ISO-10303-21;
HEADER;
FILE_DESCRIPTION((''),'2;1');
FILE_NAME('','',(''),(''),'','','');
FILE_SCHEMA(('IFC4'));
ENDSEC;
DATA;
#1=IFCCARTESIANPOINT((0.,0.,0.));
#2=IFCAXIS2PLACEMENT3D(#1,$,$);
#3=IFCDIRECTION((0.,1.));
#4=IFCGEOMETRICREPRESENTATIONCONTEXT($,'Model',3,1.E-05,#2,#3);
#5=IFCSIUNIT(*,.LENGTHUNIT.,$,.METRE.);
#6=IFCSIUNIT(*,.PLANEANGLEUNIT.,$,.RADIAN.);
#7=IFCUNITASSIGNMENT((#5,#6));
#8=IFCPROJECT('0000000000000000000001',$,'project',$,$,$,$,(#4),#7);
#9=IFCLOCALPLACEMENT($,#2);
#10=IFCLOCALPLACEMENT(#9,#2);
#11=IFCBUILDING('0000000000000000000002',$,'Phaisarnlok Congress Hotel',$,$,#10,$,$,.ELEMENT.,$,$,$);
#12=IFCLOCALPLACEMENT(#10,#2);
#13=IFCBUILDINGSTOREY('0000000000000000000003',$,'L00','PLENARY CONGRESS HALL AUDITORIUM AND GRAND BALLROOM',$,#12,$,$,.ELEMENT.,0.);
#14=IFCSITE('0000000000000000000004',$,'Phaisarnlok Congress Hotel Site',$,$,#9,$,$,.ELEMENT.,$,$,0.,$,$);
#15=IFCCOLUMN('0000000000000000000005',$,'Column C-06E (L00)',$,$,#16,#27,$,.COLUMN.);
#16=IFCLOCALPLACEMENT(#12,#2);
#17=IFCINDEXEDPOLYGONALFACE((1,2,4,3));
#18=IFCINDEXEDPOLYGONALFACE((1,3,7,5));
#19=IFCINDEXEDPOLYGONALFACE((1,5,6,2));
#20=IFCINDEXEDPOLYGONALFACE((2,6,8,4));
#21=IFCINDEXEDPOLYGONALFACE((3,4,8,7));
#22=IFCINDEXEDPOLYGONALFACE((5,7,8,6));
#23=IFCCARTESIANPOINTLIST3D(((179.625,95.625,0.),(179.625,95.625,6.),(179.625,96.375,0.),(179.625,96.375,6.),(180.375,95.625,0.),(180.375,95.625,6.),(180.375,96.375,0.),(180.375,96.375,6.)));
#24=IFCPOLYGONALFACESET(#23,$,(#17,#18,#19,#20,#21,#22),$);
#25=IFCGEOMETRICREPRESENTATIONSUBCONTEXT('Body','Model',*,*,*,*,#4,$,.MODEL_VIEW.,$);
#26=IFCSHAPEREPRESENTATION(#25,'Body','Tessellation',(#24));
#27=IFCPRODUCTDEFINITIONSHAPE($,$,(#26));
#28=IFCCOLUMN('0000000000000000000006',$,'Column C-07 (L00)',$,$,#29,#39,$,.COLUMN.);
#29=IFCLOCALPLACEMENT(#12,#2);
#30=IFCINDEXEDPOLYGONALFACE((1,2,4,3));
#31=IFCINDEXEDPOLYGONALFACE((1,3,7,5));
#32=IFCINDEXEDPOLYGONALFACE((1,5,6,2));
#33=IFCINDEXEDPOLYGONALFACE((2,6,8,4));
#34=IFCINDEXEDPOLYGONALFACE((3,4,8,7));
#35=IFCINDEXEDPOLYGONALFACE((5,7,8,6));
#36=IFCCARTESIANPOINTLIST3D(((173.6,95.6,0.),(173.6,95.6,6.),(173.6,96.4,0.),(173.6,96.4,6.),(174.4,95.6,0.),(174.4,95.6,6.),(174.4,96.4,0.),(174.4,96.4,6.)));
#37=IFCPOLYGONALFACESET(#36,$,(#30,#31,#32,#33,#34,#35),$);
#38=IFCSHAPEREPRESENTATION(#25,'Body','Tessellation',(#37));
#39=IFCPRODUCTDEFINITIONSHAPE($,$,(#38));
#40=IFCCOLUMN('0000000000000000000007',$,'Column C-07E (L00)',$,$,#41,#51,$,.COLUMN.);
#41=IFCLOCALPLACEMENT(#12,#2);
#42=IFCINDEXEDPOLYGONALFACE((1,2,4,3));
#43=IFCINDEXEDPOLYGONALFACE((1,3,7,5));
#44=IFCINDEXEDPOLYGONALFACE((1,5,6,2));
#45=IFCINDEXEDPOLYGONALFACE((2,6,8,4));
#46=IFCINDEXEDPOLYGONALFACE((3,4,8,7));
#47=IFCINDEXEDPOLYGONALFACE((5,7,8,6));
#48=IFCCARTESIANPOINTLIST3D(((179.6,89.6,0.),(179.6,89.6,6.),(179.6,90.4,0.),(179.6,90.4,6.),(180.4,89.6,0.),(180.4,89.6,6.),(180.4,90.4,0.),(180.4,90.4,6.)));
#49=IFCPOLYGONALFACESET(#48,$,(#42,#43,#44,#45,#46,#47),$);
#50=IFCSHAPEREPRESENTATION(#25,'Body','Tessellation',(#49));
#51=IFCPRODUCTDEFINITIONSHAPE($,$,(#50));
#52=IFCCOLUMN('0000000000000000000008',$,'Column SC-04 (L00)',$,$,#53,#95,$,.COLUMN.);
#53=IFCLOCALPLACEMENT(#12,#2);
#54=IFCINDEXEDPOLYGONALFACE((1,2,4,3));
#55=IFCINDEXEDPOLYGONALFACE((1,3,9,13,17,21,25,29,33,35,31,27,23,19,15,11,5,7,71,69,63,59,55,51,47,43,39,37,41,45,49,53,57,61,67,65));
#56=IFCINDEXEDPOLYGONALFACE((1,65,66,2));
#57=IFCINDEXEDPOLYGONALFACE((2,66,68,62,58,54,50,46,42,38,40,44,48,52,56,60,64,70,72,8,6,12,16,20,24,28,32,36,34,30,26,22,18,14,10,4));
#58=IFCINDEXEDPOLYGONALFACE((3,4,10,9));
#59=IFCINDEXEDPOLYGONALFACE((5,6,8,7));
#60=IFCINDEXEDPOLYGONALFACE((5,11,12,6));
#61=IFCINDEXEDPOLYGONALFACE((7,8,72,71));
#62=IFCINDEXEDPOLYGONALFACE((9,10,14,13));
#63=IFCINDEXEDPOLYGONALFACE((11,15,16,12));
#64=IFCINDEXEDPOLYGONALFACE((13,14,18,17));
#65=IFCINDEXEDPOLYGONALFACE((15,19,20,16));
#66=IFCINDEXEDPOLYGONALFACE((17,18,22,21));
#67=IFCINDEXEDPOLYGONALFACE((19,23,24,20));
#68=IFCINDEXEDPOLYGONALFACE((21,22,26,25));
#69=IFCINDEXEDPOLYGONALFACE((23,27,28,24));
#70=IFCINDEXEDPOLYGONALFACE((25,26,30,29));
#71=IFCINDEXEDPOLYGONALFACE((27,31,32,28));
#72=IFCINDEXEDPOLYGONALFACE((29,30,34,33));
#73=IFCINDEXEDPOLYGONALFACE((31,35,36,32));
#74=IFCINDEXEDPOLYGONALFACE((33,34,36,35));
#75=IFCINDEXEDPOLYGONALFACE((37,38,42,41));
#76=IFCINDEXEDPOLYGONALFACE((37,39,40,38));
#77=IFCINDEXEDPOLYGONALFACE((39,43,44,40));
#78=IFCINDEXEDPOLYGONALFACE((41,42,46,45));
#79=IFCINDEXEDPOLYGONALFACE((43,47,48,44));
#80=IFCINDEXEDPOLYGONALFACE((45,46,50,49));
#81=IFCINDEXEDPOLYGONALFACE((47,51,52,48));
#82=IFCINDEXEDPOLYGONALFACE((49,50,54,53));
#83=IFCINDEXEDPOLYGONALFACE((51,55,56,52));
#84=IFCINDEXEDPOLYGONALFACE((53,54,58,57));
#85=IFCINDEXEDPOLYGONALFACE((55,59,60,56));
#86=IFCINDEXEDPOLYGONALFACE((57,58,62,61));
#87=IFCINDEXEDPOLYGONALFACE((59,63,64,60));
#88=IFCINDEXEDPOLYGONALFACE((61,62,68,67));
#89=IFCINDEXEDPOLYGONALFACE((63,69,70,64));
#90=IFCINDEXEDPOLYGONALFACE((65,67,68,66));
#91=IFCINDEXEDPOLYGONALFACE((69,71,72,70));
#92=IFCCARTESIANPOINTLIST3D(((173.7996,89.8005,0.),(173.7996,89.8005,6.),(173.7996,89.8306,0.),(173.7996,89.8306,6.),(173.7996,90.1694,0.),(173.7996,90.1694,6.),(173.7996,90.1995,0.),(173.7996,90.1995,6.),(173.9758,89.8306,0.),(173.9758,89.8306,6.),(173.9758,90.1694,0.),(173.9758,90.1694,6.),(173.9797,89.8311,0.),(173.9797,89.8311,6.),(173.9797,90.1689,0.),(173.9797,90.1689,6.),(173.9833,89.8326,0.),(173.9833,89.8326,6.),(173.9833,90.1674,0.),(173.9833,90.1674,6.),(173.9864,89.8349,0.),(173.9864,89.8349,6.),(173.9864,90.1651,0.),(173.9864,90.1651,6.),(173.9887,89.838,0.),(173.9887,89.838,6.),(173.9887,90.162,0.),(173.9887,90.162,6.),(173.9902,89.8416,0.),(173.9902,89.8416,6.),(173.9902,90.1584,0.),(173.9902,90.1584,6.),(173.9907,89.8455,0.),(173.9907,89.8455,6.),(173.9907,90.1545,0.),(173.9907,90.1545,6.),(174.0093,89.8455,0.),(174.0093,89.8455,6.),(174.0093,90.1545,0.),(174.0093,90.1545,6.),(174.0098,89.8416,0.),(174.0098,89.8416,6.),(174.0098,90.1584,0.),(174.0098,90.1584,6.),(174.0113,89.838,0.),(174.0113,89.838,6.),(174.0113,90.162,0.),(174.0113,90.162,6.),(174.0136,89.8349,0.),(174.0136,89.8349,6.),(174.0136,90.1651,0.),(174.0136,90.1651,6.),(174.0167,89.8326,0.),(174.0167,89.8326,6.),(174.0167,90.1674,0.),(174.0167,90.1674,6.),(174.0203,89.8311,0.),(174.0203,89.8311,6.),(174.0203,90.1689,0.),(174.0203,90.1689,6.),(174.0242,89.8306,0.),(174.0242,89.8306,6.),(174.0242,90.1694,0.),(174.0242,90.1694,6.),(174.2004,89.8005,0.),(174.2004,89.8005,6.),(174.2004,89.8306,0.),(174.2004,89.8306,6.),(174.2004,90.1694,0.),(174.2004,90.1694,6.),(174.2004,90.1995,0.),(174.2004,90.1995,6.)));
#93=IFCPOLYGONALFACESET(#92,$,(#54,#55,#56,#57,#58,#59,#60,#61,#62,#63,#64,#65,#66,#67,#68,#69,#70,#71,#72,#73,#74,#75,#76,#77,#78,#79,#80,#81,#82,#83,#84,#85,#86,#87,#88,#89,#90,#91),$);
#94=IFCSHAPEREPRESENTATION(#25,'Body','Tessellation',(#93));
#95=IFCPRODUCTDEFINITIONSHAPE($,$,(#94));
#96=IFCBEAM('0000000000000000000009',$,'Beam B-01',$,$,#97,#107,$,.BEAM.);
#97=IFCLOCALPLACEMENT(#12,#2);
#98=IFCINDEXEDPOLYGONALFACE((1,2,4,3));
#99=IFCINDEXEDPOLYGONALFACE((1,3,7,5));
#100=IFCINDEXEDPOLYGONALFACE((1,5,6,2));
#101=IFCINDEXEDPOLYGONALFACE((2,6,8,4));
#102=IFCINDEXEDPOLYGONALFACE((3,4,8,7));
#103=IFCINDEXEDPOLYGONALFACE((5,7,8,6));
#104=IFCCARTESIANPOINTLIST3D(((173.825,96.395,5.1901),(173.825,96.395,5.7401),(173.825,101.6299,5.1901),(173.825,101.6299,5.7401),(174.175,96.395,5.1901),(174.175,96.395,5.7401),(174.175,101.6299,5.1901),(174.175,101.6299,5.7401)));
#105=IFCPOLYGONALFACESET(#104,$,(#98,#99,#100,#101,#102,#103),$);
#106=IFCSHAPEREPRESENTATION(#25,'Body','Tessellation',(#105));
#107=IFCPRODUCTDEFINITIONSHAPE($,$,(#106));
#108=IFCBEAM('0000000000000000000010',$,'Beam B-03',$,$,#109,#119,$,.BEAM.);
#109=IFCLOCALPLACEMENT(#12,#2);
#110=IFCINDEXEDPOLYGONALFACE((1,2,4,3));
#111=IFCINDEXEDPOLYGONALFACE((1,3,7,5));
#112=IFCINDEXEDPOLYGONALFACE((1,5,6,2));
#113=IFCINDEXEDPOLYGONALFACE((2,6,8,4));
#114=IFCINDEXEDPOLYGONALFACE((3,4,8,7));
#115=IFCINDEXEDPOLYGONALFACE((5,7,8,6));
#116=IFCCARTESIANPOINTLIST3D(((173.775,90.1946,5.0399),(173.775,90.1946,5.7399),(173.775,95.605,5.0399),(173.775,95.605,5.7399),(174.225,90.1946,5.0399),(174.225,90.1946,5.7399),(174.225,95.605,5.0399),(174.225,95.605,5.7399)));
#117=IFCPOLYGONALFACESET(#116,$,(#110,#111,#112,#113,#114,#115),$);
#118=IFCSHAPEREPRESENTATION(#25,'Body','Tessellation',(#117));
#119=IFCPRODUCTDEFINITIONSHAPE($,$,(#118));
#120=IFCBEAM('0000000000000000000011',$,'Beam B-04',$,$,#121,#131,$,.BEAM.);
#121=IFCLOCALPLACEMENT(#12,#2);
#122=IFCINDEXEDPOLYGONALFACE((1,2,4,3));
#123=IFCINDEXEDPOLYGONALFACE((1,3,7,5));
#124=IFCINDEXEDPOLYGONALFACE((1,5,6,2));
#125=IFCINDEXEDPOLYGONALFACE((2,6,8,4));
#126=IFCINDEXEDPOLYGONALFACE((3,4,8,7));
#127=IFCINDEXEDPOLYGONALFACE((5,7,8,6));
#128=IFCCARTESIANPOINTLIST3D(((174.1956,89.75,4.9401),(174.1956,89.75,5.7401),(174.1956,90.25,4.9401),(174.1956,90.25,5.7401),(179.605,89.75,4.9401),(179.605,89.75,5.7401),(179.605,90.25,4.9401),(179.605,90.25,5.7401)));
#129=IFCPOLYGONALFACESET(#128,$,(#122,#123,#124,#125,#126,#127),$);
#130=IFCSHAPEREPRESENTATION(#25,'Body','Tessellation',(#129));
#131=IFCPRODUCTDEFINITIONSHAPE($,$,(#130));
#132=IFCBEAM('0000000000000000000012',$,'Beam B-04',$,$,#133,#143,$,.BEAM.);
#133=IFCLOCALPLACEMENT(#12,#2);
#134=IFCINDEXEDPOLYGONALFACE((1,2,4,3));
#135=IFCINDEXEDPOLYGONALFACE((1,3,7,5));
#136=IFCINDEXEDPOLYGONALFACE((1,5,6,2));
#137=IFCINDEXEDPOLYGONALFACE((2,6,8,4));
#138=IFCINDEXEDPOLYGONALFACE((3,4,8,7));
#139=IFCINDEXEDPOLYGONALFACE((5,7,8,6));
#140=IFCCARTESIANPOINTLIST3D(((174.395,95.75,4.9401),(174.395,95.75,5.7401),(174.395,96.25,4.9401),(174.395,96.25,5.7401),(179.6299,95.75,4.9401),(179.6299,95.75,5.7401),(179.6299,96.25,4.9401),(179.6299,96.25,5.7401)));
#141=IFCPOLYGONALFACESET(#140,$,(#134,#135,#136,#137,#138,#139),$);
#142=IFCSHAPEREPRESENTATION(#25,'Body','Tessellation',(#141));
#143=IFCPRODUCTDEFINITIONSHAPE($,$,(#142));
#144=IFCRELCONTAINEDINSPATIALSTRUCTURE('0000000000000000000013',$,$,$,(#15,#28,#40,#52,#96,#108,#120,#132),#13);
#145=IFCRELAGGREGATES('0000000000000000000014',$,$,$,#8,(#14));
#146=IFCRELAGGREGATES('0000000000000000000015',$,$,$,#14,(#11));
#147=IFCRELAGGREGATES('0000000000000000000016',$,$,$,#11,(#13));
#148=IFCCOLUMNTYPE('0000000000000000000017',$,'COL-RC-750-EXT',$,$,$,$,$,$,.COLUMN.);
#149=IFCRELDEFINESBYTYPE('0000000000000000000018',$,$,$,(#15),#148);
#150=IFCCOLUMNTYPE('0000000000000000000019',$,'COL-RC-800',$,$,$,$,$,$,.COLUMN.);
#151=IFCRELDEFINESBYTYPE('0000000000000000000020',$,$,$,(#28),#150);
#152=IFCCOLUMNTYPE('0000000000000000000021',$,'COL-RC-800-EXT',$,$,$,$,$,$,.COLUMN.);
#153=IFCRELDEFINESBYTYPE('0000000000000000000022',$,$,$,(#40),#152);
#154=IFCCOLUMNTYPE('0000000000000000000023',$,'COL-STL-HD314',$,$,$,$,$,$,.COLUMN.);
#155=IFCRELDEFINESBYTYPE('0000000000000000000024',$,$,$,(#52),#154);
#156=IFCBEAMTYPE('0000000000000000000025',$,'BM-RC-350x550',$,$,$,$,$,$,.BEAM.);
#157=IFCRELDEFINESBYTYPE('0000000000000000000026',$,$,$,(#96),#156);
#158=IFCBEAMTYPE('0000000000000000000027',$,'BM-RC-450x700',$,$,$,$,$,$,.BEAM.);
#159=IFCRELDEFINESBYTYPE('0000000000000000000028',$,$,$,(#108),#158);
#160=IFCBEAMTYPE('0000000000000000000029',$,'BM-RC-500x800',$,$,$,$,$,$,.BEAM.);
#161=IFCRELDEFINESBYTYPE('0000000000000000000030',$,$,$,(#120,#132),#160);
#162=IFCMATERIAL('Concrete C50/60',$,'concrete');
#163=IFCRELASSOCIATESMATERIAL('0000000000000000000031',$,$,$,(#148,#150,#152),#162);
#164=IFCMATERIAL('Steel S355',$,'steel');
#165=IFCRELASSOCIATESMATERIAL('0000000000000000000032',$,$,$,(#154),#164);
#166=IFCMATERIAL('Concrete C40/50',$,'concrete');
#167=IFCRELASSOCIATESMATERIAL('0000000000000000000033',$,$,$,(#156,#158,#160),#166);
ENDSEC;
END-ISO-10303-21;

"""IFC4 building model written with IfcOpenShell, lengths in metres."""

from ifc_helpers import new_model, si_unit, direction, frame, origin, origin_2d, place, context, subcontext, project, spatial, rectangle, i_section, extrude, material, material_profile, profile_set, type_object, element, save


model = new_model("IFC4")

# Units and contexts
model_context = context("Model", 3, precision=1e-05, world=origin(), true_north=direction((0.0, 1.0)))
body_context = subcontext(model_context, "Body", "Model", "MODEL_VIEW")
ifc_project = project(units=[si_unit("LENGTHUNIT", "METRE"), si_unit("PLANEANGLEUNIT", "RADIAN")], contexts=[model_context])

# Site, building, storey
site_placement = place(None, origin())
site = spatial("IfcSite", under=ifc_project, at=site_placement, Name="Phaisarnlok Congress Hotel Site", CompositionType="ELEMENT", RefElevation=0.0)
building_placement = place(site_placement, origin())
building = spatial("IfcBuilding", under=site, at=building_placement, Name="Phaisarnlok Congress Hotel", CompositionType="ELEMENT")
storey_placement = place(building_placement, origin())
storey = spatial("IfcBuildingStorey", under=building, at=storey_placement, Name="L00", Description="PLENARY CONGRESS HALL AUDITORIUM AND GRAND BALLROOM", CompositionType="ELEMENT", Elevation=0.0)

# Columns
ifc_material_1 = material(Name="Concrete C50/60", Category="concrete")
ifc_material_profile_1 = material_profile(ifc_material_1, rectangle(XDim=0.75, YDim=0.75, at=origin_2d()), Name="RC 750x750")
ifc_profile_set_1 = profile_set([ifc_material_profile_1], Name="Concrete C50/60")
column_type_1 = type_object("IfcColumnType", Name="COL-RC-750-EXT", PredefinedType="COLUMN", material=ifc_profile_set_1)
column_1_placement = place(storey_placement, frame((180.0, 96.0, 0.0), z_axis=(0.0, 0.0, 1.0), x_axis=(1.0, 0.0, 0.0)))
element("IfcColumn", 1, at=column_1_placement, inside=storey, type_object=column_type_1, Name="Column C-06E (L00)", PredefinedType="COLUMN", context=body_context, shape_type="SweptSolid", body=[
    extrude(rectangle(XDim=0.75, YDim=0.75, at=origin_2d()), origin(), (0.0, 0.0, 1.0), 6.0),
])
ifc_material_profile_2 = material_profile(ifc_material_1, rectangle(XDim=0.8, YDim=0.8, at=origin_2d()), Name="RC 800x800")
ifc_profile_set_2 = profile_set([ifc_material_profile_2], Name="Concrete C50/60")
column_type_2 = type_object("IfcColumnType", Name="COL-RC-800", PredefinedType="COLUMN", material=ifc_profile_set_2)
column_2_placement = place(storey_placement, frame((174.0, 96.0, 0.0), z_axis=(0.0, 0.0, 1.0), x_axis=(1.0, 0.0, 0.0)))
element("IfcColumn", 2, at=column_2_placement, inside=storey, type_object=column_type_2, Name="Column C-07 (L00)", PredefinedType="COLUMN", context=body_context, shape_type="SweptSolid", body=[
    extrude(rectangle(XDim=0.8, YDim=0.8, at=origin_2d()), origin(), (0.0, 0.0, 1.0), 6.0),
])
ifc_material_profile_3 = material_profile(ifc_material_1, rectangle(XDim=0.8, YDim=0.8, at=origin_2d()), Name="RC 800x800")
ifc_profile_set_3 = profile_set([ifc_material_profile_3], Name="Concrete C50/60")
column_type_3 = type_object("IfcColumnType", Name="COL-RC-800-EXT", PredefinedType="COLUMN", material=ifc_profile_set_3)
column_3_placement = place(storey_placement, frame((180.0, 90.0, 0.0), z_axis=(0.0, 0.0, 1.0), x_axis=(1.0, 0.0, 0.0)))
element("IfcColumn", 3, at=column_3_placement, inside=storey, type_object=column_type_3, Name="Column C-07E (L00)", PredefinedType="COLUMN", context=body_context, shape_type="SweptSolid", body=[
    extrude(rectangle(XDim=0.8, YDim=0.8, at=origin_2d()), origin(), (0.0, 0.0, 1.0), 6.0),
])
ifc_material_2 = material(Name="Steel S355", Category="steel")
ifc_material_profile_4 = material_profile(ifc_material_2, i_section(OverallWidth=0.4009, OverallDepth=0.3989, WebThickness=0.0186, FlangeThickness=0.03, FilletRadius=0.0149, at=origin_2d()), Name="HD 400x314")
ifc_profile_set_4 = profile_set([ifc_material_profile_4], Name="Steel S355")
column_type_4 = type_object("IfcColumnType", Name="COL-STL-HD314", PredefinedType="COLUMN", material=ifc_profile_set_4)
column_4_placement = place(storey_placement, frame((174.0, 90.0, 0.0), z_axis=(0.0, 0.0, 1.0), x_axis=(1.0, 0.0, 0.0)))
element("IfcColumn", 4, at=column_4_placement, inside=storey, type_object=column_type_4, Name="Column SC-04 (L00)", PredefinedType="COLUMN", context=body_context, shape_type="SweptSolid", body=[
    extrude(i_section(OverallWidth=0.4009, OverallDepth=0.3989, WebThickness=0.0186, FlangeThickness=0.03, FilletRadius=0.0149, at=origin_2d()), origin(), (0.0, 0.0, 1.0), 6.0),
])

# Beams
ifc_material_3 = material(Name="Concrete C40/50", Category="concrete")
ifc_material_profile_5 = material_profile(ifc_material_3, rectangle(XDim=0.3501, YDim=0.55, at=origin_2d()), Name="RC 350x550")
ifc_profile_set_5 = profile_set([ifc_material_profile_5], Name="Concrete C40/50")
beam_type_1 = type_object("IfcBeamType", Name="BM-RC-350x550", PredefinedType="BEAM", material=ifc_profile_set_5)
beam_1_placement = place(storey_placement, frame((174.0, 96.395, 5.4651), z_axis=(0.0, 1.0, 0.0), x_axis=(-1.0, 0.0, 0.0)))
element("IfcBeam", 5, at=beam_1_placement, inside=storey, type_object=beam_type_1, Name="Beam B-01", PredefinedType="BEAM", context=body_context, shape_type="SweptSolid", body=[
    extrude(rectangle(XDim=0.3501, YDim=0.55, at=origin_2d()), origin(), (0.0, 0.0, 1.0), 5.2349),
])
ifc_material_profile_6 = material_profile(ifc_material_3, rectangle(XDim=0.45, YDim=0.7, at=origin_2d()), Name="RC 450x700")
ifc_profile_set_6 = profile_set([ifc_material_profile_6], Name="Concrete C40/50")
beam_type_2 = type_object("IfcBeamType", Name="BM-RC-450x700", PredefinedType="BEAM", material=ifc_profile_set_6)
beam_2_placement = place(storey_placement, frame((174.0, 90.1946, 5.3899), z_axis=(0.0, 1.0, 0.0), x_axis=(-1.0, 0.0, 0.0)))
element("IfcBeam", 6, at=beam_2_placement, inside=storey, type_object=beam_type_2, Name="Beam B-03", PredefinedType="BEAM", context=body_context, shape_type="SweptSolid", body=[
    extrude(rectangle(XDim=0.45, YDim=0.7, at=origin_2d()), origin(), (0.0, 0.0, 1.0), 5.4104),
])
ifc_material_profile_7 = material_profile(ifc_material_3, rectangle(XDim=0.5, YDim=0.8, at=origin_2d()), Name="RC 500x800")
ifc_profile_set_7 = profile_set([ifc_material_profile_7], Name="Concrete C40/50")
beam_type_3 = type_object("IfcBeamType", Name="BM-RC-500x800", PredefinedType="BEAM", material=ifc_profile_set_7)
beam_3_placement = place(storey_placement, frame((174.1956, 90.0, 5.3401), z_axis=(1.0, 0.0, 0.0), x_axis=(0.0, 1.0, 0.0)))
element("IfcBeam", 7, at=beam_3_placement, inside=storey, type_object=beam_type_3, Name="Beam B-04", PredefinedType="BEAM", context=body_context, shape_type="SweptSolid", body=[
    extrude(rectangle(XDim=0.5, YDim=0.8, at=origin_2d()), origin(), (0.0, 0.0, 1.0), 5.4094),
])
beam_4_placement = place(storey_placement, frame((174.395, 96.0, 5.3401), z_axis=(1.0, 0.0, 0.0), x_axis=(0.0, 1.0, 0.0)))
element("IfcBeam", 8, at=beam_4_placement, inside=storey, type_object=beam_type_3, Name="Beam B-04", PredefinedType="BEAM", context=body_context, shape_type="SweptSolid", body=[
    extrude(rectangle(XDim=0.5, YDim=0.8, at=origin_2d()), origin(), (0.0, 0.0, 1.0), 5.2349),
])

save(model, "model.ifc")
